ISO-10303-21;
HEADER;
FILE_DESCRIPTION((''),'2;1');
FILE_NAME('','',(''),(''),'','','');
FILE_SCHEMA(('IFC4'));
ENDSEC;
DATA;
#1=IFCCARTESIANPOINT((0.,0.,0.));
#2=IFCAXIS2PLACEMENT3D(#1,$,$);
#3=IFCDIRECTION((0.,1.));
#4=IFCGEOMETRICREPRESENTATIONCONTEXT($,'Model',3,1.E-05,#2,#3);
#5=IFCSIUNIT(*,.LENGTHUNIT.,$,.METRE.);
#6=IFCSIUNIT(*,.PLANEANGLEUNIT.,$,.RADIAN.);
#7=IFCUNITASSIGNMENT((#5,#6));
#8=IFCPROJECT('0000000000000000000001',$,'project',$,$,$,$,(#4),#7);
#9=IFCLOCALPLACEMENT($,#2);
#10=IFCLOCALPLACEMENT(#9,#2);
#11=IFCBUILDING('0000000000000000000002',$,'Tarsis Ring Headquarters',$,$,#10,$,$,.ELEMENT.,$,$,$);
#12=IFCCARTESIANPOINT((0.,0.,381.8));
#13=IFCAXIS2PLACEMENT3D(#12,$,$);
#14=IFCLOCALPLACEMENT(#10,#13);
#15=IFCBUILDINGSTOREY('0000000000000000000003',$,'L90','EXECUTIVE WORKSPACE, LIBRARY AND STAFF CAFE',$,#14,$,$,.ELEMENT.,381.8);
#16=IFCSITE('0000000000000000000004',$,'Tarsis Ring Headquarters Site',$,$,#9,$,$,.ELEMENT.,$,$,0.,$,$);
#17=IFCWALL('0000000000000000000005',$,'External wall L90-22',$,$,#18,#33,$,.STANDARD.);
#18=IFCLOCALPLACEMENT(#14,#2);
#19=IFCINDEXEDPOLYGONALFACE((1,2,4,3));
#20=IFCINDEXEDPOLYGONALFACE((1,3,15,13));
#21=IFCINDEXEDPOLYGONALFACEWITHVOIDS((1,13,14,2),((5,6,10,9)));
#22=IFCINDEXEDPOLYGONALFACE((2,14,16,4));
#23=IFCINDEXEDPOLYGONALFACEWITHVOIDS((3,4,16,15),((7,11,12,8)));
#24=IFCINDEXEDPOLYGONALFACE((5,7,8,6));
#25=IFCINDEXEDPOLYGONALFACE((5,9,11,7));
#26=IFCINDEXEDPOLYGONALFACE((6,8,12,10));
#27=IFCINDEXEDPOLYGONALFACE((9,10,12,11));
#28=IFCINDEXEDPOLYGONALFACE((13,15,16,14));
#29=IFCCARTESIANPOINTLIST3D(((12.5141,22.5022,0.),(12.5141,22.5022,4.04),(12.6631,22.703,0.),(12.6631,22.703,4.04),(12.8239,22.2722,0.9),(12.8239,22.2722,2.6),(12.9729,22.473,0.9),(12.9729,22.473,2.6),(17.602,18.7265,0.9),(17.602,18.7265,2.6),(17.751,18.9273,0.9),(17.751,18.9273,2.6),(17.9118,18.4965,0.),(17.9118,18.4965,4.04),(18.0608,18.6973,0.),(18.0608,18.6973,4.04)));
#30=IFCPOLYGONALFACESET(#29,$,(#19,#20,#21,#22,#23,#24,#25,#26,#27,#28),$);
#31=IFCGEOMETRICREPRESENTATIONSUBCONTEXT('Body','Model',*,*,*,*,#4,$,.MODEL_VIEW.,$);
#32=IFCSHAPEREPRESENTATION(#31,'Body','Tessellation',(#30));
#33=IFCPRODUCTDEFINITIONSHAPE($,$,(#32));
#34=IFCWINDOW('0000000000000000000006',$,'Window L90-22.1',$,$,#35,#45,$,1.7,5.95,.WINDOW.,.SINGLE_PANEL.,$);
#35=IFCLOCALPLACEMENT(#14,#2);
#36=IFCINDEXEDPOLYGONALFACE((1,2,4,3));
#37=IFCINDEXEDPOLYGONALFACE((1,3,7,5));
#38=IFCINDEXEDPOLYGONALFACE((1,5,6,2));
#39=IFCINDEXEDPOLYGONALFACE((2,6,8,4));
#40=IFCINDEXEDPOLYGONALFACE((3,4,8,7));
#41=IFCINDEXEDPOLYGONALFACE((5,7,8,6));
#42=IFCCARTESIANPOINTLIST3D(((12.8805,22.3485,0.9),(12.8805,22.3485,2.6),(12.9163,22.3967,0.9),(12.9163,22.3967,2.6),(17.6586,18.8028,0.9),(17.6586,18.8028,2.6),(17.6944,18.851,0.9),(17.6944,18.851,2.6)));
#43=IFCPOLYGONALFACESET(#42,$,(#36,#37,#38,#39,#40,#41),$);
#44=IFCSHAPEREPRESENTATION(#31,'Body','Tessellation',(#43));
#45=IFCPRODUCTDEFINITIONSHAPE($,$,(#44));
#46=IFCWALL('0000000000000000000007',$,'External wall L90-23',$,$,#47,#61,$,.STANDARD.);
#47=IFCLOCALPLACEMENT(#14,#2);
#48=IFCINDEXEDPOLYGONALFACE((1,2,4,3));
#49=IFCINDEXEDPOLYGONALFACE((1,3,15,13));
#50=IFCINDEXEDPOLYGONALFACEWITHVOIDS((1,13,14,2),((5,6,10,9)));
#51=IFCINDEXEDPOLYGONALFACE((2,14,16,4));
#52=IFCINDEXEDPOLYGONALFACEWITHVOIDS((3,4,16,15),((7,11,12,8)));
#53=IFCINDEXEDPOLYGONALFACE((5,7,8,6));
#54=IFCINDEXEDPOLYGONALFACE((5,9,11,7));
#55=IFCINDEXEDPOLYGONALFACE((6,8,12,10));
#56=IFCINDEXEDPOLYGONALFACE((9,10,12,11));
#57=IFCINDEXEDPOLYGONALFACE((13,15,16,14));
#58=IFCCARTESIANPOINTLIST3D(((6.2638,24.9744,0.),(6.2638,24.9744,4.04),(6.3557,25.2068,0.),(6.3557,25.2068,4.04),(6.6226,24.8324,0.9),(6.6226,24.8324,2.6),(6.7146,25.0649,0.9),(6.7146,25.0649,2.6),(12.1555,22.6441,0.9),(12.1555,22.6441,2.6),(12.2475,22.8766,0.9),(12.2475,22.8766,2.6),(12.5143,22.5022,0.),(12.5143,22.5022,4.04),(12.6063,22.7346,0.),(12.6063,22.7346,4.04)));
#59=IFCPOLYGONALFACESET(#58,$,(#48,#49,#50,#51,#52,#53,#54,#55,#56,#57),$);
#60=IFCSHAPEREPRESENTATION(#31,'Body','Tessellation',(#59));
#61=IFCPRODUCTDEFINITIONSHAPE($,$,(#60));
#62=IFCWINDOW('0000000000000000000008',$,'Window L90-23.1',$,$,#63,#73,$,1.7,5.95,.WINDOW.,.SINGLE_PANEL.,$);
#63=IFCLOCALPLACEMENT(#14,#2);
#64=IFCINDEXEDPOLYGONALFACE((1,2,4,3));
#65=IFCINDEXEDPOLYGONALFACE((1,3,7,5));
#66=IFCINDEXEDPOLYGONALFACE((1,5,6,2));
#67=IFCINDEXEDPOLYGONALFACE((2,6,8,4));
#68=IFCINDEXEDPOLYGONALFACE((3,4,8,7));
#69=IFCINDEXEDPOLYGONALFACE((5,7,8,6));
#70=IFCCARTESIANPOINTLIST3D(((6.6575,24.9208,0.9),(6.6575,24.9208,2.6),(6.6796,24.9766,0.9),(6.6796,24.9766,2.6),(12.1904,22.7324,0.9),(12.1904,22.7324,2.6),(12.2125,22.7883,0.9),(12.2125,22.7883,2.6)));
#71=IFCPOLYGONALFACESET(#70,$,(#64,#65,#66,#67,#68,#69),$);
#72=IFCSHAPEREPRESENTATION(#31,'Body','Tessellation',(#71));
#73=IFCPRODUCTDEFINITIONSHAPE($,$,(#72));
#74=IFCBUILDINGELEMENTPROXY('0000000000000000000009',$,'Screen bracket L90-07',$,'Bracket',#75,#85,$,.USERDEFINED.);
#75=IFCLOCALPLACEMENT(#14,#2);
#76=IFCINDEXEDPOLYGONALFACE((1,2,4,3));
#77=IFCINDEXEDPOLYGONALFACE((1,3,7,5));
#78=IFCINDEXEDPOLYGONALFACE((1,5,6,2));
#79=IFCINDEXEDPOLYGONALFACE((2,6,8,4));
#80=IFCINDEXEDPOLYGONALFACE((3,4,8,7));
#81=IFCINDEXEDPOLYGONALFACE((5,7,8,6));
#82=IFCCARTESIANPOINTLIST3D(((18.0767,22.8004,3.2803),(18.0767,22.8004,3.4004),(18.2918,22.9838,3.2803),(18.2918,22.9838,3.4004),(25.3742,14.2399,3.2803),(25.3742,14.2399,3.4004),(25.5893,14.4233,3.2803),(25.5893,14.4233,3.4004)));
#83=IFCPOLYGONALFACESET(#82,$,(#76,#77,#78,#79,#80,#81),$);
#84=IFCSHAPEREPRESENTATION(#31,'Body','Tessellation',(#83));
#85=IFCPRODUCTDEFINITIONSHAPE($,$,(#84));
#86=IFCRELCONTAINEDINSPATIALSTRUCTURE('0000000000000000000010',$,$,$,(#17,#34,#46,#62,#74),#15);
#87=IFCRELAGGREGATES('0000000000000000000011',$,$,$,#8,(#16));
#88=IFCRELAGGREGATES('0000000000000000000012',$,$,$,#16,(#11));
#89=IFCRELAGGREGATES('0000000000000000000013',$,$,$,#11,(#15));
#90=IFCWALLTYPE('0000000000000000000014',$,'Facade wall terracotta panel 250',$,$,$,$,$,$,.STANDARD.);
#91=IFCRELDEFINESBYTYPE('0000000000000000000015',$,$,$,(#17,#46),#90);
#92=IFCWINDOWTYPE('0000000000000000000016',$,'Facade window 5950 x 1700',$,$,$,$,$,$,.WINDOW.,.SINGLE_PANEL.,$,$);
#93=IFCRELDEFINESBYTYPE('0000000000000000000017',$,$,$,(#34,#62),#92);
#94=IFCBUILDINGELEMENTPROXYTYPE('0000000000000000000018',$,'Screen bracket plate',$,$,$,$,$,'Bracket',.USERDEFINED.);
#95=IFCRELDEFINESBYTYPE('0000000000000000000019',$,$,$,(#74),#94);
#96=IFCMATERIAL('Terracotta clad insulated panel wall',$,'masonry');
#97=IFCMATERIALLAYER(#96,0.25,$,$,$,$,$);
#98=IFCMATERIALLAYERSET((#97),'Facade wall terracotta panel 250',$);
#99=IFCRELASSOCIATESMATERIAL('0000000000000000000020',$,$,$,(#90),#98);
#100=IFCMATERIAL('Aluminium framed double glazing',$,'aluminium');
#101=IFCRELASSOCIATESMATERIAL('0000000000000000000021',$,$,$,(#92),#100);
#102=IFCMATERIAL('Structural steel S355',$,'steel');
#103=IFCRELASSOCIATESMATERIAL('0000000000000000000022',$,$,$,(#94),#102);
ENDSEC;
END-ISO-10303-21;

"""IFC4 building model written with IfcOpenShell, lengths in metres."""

from ifc_helpers import new_model, si_unit, direction, frame, frame_2d, origin, origin_2d, place, context, subcontext, project, spatial, rectangle, extrude, material, layer, layer_set, type_object, element, fill, save


model = new_model("IFC4")

# Units and contexts
model_context = context("Model", 3, precision=1e-05, world=origin(), true_north=direction((0.0, 1.0)))
body_context = subcontext(model_context, "Body", "Model", "MODEL_VIEW")
ifc_project = project(units=[si_unit("LENGTHUNIT", "METRE"), si_unit("PLANEANGLEUNIT", "RADIAN")], contexts=[model_context])

# Site, building, storey
site_placement = place(None, origin())
site = spatial("IfcSite", under=ifc_project, at=site_placement, Name="Tarsis Ring Headquarters Site", CompositionType="ELEMENT", RefElevation=0.0)
building_placement = place(site_placement, origin())
building = spatial("IfcBuilding", under=site, at=building_placement, Name="Tarsis Ring Headquarters", CompositionType="ELEMENT")
storey_placement = place(building_placement, frame((0.0, 0.0, 381.8)))
storey = spatial("IfcBuildingStorey", under=building, at=storey_placement, Name="L90", Description="EXECUTIVE WORKSPACE, LIBRARY AND STAFF CAFE", CompositionType="ELEMENT", Elevation=381.8)

# Shared definitions
ifc_material_1 = material(Name="Structural steel S355", Category="steel")

# Walls, openings, windows
ifc_material_2 = material(Name="Terracotta clad insulated panel wall", Category="masonry")
ifc_layer_1 = layer(ifc_material_2, 0.25)
ifc_layer_set_1 = layer_set([ifc_layer_1], Name="Facade wall terracotta panel 250")
wall_type_1 = type_object("IfcWallType", Name="Facade wall terracotta panel 250", PredefinedType="STANDARD", material=ifc_layer_set_1)
ifc_material_3 = material(Name="Aluminium framed double glazing", Category="aluminium")
window_type = type_object("IfcWindowType", Name="Facade window 5950 x 1700", PartitioningType="SINGLE_PANEL", PredefinedType="WINDOW", material=ifc_material_3)
wall_1_placement = place(storey_placement, frame((17.9863, 18.5969, 0.0), z_axis=(0.0, 0.0, 1.0), x_axis=(-0.803036, 0.59593, 0.0)))
wall_1 = element("IfcWall", 1, at=wall_1_placement, inside=storey, type_object=wall_type_1, Name="External wall L90-22", PredefinedType="STANDARD", context=body_context, shape_type="SweptSolid", body=[
    extrude(rectangle(XDim=6.7217, YDim=0.25, at=frame_2d((3.3608, 0.0))), origin(), (0.0, 0.0, 1.0), 4.04),
])
opening_1_placement = place(wall_1_placement, frame((0.3857, 0.0, 0.8999)))
opening_1 = element("IfcOpeningElement", 2, at=opening_1_placement, cuts=wall_1, PredefinedType="OPENING", context=body_context, shape_type="SweptSolid", body=[
    extrude(rectangle(XDim=5.95, YDim=1.7, at=frame_2d((2.9751, 0.8501))), frame((0.0, 0.135, 0.0), z_axis=(0.0, -1.0, 0.0), x_axis=(1.0, 0.0, 0.0)), (0.0, 0.0, 1.0), 0.27),
])
window_1_placement = place(opening_1_placement, origin())
window_1 = element("IfcWindow", 3, at=window_1_placement, inside=storey, type_object=window_type, Name="Window L90-22.1", OverallHeight=1.7, OverallWidth=5.95, PartitioningType="SINGLE_PANEL", PredefinedType="WINDOW", context=body_context, shape_type="SweptSolid", body=[
    extrude(rectangle(XDim=5.95, YDim=1.7, at=frame_2d((2.9751, 0.8501))), frame((0.0, 0.03, 0.0), z_axis=(0.0, -1.0, 0.0), x_axis=(1.0, 0.0, 0.0)), (0.0, 0.0, 1.0), 0.0601),
])
fill(opening_1, window_1)
wall_2_placement = place(storey_placement, frame((12.5603, 22.6184, 0.0), z_axis=(0.0, 0.0, 1.0), x_axis=(-0.929908, 0.367793, 0.0)))
wall_2 = element("IfcWall", 4, at=wall_2_placement, inside=storey, type_object=wall_type_1, Name="External wall L90-23", PredefinedType="STANDARD", context=body_context, shape_type="SweptSolid", body=[
    extrude(rectangle(XDim=6.7217, YDim=0.25, at=frame_2d((3.3608, 0.0))), origin(), (0.0, 0.0, 1.0), 4.04),
])
opening_2_placement = place(wall_2_placement, frame((0.3857, 0.0, 0.8999)))
opening_2 = element("IfcOpeningElement", 5, at=opening_2_placement, cuts=wall_2, PredefinedType="OPENING", context=body_context, shape_type="SweptSolid", body=[
    extrude(rectangle(XDim=5.95, YDim=1.7, at=frame_2d((2.9751, 0.8501))), frame((0.0, 0.135, 0.0), z_axis=(0.0, -1.0, 0.0), x_axis=(1.0, 0.0, 0.0)), (0.0, 0.0, 1.0), 0.27),
])
window_2_placement = place(opening_2_placement, origin())
window_2 = element("IfcWindow", 6, at=window_2_placement, inside=storey, type_object=window_type, Name="Window L90-23.1", OverallHeight=1.7, OverallWidth=5.95, PartitioningType="SINGLE_PANEL", PredefinedType="WINDOW", context=body_context, shape_type="SweptSolid", body=[
    extrude(rectangle(XDim=5.95, YDim=1.7, at=frame_2d((2.9751, 0.8501))), frame((0.0, 0.03, 0.0), z_axis=(0.0, -1.0, 0.0), x_axis=(1.0, 0.0, 0.0)), (0.0, 0.0, 1.0), 0.0601),
])
fill(opening_2, window_2)

# Building element proxy
building_element_proxy_type = type_object("IfcBuildingElementProxyType", Name="Screen bracket plate", ElementType="Bracket", PredefinedType="USERDEFINED", material=ifc_material_1)
proxy_placement = place(storey_placement, frame((21.833, 18.6118, 3.2803), z_axis=(0.0, 0.0, 1.0), x_axis=(-0.648735, 0.761015, 0.0)))
element("IfcBuildingElementProxy", 7, at=proxy_placement, inside=storey, type_object=building_element_proxy_type, Name="Screen bracket L90-07", ObjectType="Bracket", PredefinedType="USERDEFINED", context=body_context, shape_type="SweptSolid", body=[
    extrude(rectangle(XDim=11.2488, YDim=0.2827, at=origin_2d()), origin(), (0.0, 0.0, 1.0), 0.1201),
])

save(model, "model.ifc")
